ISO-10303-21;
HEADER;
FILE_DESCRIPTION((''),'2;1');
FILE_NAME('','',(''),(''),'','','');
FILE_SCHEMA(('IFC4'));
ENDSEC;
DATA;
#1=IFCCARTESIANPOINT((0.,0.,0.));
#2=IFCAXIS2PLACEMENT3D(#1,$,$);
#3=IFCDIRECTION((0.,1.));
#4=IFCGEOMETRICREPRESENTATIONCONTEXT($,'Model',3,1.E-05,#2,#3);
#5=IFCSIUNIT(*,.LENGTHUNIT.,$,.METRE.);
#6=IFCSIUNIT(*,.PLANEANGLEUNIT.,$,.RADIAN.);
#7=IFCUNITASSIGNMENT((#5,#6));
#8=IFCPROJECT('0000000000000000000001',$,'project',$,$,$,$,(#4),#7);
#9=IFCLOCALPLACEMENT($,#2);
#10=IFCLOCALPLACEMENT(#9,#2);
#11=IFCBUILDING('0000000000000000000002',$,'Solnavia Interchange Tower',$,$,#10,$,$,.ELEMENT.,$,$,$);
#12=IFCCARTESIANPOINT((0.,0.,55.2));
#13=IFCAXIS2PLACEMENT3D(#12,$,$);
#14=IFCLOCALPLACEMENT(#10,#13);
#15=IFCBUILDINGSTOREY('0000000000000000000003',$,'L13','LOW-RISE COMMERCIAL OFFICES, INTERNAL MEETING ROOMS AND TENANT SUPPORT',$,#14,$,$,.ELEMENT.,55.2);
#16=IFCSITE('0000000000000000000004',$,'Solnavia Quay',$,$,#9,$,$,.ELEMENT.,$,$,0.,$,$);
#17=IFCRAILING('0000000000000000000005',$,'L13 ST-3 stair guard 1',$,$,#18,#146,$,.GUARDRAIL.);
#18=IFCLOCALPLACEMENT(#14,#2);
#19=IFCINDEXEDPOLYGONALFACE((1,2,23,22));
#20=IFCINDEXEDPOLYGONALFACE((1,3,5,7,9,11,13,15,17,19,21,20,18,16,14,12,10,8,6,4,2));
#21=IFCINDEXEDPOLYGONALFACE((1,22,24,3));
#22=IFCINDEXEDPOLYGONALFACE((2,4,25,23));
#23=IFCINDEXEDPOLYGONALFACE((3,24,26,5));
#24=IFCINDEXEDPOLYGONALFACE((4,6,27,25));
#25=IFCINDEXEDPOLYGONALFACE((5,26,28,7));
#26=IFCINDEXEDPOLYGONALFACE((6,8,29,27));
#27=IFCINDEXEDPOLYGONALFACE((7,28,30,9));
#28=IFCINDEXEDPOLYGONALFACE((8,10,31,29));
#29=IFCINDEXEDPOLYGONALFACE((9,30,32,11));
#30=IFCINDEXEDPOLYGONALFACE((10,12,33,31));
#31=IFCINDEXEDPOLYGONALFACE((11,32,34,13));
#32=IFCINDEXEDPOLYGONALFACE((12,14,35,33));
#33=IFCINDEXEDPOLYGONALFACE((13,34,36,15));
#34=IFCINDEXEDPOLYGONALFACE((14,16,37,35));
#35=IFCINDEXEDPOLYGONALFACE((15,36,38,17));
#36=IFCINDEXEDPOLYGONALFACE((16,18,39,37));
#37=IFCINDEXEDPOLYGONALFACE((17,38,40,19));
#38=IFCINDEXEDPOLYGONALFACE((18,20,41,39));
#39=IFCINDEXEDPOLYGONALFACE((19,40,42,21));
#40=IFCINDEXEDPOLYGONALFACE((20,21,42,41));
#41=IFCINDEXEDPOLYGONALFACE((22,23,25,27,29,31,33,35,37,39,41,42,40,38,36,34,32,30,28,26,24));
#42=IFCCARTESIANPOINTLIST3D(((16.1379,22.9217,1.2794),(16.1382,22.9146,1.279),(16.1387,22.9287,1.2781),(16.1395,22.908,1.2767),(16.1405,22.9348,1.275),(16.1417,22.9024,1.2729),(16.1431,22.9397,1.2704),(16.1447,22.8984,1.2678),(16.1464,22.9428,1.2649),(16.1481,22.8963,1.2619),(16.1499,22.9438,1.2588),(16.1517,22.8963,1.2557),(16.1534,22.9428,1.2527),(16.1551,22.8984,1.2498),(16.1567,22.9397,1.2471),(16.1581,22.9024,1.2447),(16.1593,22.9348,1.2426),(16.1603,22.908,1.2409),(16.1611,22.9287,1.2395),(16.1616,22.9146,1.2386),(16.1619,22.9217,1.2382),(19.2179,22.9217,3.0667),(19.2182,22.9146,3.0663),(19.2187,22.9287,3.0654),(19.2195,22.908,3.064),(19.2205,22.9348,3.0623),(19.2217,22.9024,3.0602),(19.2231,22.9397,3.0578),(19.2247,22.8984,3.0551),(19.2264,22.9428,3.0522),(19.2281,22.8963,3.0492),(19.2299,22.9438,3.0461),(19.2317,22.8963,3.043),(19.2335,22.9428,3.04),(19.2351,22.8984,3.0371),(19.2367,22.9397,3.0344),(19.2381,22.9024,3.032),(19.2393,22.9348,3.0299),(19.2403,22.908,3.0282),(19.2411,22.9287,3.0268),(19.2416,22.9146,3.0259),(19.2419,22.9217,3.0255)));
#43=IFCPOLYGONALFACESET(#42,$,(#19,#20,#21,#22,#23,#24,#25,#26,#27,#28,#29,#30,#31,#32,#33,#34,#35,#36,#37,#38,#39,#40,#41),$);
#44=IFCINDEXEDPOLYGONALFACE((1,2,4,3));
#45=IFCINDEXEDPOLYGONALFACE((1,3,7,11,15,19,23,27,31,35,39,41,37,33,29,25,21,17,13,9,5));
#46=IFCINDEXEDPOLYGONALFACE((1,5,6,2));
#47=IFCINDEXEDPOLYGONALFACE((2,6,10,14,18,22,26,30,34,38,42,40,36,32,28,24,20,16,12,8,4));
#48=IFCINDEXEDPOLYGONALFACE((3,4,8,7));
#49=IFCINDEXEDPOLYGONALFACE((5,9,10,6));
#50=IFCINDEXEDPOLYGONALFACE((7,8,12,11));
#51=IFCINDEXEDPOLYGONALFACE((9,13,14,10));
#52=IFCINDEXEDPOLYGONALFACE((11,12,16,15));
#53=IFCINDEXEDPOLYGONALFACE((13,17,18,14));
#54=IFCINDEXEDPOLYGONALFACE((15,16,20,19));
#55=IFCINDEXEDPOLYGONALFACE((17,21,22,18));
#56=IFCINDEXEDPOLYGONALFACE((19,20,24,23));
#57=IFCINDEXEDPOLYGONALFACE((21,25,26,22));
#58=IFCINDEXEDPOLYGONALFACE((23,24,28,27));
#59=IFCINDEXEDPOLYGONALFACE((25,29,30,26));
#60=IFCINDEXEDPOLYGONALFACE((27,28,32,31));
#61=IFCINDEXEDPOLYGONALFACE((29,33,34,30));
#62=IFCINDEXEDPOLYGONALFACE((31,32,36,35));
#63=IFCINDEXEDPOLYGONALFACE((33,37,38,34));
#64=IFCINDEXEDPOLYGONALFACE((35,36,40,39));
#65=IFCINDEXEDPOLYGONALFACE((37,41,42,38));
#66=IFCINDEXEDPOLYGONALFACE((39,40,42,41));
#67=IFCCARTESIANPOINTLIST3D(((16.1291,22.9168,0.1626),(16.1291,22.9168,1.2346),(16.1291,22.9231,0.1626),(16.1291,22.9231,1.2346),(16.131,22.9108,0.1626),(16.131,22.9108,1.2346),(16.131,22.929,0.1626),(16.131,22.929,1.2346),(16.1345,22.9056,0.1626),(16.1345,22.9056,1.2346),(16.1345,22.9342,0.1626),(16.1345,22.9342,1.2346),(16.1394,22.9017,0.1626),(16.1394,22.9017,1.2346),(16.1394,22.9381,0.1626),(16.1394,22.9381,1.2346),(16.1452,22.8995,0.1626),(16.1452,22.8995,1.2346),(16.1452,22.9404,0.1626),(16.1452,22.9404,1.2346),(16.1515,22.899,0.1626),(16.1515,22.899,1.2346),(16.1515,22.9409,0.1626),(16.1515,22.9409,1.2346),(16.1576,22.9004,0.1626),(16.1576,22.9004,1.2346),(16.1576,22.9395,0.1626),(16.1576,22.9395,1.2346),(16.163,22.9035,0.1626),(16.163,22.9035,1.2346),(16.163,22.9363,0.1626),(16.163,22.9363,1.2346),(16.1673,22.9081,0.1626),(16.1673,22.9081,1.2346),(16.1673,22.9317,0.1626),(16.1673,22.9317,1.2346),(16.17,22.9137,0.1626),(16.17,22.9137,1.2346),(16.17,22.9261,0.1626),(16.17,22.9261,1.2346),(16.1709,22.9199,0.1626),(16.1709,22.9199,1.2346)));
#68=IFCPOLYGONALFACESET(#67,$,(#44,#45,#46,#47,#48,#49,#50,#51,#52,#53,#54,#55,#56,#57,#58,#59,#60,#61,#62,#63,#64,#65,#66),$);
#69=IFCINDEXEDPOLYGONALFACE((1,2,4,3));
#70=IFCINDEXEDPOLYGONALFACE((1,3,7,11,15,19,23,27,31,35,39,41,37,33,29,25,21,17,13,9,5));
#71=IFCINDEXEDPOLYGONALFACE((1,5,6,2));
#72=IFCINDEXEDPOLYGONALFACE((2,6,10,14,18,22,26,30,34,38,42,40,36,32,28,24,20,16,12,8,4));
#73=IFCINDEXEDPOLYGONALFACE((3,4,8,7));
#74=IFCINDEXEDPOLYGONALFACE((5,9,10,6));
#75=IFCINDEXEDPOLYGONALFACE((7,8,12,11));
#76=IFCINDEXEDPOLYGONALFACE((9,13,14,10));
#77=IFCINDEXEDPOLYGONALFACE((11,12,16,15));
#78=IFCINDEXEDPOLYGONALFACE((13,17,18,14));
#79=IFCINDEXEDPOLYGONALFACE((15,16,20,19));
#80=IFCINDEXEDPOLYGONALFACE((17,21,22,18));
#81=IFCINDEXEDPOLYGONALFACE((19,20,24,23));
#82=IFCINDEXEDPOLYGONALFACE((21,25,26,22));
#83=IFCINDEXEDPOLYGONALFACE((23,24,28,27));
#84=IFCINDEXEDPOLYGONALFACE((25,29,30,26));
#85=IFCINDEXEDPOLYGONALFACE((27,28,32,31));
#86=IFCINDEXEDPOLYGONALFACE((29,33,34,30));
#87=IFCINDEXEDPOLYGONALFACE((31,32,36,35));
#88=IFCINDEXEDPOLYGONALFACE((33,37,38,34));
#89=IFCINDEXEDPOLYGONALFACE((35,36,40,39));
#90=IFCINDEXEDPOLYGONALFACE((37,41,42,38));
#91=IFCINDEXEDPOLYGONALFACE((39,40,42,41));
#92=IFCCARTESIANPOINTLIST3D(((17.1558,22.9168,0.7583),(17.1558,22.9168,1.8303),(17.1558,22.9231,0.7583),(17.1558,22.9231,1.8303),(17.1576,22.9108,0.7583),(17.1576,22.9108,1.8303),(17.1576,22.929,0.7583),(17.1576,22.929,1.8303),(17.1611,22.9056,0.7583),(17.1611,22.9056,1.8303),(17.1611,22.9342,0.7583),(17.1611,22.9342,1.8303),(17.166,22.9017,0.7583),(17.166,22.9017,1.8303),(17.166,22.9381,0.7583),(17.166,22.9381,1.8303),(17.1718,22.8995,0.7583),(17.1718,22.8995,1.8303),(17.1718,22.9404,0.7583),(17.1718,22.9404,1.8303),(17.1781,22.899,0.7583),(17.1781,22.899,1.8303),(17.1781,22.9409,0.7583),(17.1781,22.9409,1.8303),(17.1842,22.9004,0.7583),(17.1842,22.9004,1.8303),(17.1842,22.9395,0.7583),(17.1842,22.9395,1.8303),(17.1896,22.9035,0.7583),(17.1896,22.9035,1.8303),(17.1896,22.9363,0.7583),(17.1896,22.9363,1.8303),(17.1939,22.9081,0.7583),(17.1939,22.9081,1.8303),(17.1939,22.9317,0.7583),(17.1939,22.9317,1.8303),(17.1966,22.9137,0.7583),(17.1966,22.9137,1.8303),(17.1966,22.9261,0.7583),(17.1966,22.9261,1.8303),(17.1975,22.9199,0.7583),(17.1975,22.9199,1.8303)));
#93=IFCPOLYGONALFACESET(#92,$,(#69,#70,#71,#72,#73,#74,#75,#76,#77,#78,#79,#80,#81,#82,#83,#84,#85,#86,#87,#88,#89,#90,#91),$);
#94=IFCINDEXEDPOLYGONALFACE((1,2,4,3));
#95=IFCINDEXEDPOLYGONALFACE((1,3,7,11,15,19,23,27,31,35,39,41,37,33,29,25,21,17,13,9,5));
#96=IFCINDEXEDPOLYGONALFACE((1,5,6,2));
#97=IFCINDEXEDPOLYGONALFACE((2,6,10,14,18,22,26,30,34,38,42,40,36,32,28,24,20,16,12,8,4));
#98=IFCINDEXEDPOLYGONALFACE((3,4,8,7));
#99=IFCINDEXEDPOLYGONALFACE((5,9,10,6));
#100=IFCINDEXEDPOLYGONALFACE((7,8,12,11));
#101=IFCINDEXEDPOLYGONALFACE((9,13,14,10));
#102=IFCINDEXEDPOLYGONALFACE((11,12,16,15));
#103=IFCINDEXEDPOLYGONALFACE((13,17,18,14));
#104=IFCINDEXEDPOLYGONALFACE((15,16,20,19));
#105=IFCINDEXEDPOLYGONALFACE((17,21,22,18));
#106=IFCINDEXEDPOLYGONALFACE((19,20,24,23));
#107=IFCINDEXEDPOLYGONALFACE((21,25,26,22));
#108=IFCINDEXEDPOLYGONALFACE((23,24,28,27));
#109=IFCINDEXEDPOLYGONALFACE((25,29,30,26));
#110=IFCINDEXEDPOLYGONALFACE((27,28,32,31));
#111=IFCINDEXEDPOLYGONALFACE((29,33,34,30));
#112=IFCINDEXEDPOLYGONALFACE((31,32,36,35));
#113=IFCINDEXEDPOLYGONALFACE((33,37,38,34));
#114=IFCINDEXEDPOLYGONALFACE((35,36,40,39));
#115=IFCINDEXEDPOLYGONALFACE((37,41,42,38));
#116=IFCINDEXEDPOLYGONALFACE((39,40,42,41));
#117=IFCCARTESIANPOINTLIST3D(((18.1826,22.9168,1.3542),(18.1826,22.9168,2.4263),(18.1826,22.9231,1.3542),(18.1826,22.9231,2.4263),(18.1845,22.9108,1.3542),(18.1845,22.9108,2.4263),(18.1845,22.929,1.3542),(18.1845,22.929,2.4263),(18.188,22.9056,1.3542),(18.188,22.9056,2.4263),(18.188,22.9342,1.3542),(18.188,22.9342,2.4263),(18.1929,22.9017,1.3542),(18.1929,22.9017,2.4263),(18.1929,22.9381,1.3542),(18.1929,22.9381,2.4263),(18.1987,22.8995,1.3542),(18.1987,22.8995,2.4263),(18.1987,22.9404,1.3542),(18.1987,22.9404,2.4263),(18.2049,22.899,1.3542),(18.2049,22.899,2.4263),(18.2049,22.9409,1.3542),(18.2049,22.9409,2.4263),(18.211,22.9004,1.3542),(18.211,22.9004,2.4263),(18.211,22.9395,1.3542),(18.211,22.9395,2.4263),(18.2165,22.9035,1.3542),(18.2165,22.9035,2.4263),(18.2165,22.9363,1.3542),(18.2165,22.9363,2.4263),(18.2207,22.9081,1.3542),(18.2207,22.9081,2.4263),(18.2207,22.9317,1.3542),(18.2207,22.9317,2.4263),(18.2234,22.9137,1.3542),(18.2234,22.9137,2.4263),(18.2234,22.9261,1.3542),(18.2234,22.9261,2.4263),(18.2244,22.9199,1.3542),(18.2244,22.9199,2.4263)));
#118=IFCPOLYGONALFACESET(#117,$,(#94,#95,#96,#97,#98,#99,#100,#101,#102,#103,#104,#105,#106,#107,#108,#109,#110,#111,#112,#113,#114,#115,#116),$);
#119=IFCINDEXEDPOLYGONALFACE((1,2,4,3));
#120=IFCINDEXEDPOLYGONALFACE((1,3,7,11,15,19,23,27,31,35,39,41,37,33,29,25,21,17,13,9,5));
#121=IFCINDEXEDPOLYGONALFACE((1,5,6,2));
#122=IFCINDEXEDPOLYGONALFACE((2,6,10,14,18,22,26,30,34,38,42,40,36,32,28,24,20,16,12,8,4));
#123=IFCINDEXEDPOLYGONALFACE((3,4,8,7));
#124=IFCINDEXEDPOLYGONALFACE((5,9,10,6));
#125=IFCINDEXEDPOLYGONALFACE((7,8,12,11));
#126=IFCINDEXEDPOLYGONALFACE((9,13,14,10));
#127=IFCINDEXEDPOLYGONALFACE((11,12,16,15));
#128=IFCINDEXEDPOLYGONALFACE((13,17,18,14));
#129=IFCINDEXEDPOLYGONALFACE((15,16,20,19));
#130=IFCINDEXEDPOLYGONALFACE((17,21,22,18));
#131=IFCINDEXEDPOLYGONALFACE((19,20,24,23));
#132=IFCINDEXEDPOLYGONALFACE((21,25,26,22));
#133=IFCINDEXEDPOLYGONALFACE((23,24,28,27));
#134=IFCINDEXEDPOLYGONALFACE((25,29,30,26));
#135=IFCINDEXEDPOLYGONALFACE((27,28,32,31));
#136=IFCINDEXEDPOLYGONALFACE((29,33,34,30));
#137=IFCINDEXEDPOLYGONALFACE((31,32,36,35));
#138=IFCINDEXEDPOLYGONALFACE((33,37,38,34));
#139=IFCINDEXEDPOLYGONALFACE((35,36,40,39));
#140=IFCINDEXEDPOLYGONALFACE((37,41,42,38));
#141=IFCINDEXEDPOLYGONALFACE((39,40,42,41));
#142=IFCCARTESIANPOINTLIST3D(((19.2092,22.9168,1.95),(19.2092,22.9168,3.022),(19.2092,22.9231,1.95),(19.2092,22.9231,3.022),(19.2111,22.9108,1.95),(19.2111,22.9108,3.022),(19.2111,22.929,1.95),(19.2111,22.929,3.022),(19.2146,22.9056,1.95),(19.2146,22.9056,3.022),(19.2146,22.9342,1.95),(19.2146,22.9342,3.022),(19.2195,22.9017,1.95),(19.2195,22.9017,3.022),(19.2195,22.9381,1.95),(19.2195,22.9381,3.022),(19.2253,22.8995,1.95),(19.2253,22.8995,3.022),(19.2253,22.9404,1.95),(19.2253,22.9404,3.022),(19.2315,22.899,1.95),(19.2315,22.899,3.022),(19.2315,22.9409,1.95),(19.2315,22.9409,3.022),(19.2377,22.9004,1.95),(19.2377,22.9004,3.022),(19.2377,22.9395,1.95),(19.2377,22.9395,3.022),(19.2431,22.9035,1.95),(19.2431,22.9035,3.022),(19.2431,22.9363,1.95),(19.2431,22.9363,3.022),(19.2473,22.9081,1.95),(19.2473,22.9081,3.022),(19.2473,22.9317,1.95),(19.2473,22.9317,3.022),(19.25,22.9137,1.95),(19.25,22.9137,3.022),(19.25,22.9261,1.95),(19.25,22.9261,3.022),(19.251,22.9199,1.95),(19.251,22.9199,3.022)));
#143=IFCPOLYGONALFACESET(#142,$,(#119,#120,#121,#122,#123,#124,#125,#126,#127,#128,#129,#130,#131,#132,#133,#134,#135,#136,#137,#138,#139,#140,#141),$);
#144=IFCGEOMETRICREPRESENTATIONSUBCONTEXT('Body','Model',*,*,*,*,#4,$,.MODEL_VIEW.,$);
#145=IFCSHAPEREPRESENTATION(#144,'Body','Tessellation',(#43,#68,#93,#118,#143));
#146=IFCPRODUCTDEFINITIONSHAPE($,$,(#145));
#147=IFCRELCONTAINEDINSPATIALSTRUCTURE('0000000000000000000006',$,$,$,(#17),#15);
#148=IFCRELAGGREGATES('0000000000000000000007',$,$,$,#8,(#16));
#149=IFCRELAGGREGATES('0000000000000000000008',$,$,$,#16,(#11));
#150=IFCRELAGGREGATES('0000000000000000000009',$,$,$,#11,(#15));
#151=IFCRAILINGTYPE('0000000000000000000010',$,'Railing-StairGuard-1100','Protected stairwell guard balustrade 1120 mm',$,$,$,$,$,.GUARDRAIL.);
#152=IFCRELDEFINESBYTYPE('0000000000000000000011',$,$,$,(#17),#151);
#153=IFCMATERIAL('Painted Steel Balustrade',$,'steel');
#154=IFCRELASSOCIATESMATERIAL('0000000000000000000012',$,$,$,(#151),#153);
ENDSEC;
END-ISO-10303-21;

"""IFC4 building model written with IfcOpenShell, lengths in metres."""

from ifc_helpers import new_model, si_unit, direction, frame, origin, origin_2d, place, context, subcontext, project, spatial, circle, extrude, material, type_object, element, save


model = new_model("IFC4")

# Units and contexts
model_context = context("Model", 3, precision=1e-05, world=origin(), true_north=direction((0.0, 1.0)))
body_context = subcontext(model_context, "Body", "Model", "MODEL_VIEW")
ifc_project = project(units=[si_unit("LENGTHUNIT", "METRE"), si_unit("PLANEANGLEUNIT", "RADIAN")], contexts=[model_context])

# Site, building, storey
site_placement = place(None, origin())
site = spatial("IfcSite", under=ifc_project, at=site_placement, Name="Solnavia Quay", CompositionType="ELEMENT", RefElevation=0.0)
building_placement = place(site_placement, origin())
building = spatial("IfcBuilding", under=site, at=building_placement, Name="Solnavia Interchange Tower", CompositionType="ELEMENT")
storey_placement = place(building_placement, frame((0.0, 0.0, 55.2)))
storey = spatial("IfcBuildingStorey", under=building, at=storey_placement, Name="L13", Description="LOW-RISE COMMERCIAL OFFICES, INTERNAL MEETING ROOMS AND TENANT SUPPORT", CompositionType="ELEMENT", Elevation=55.2)

# Railing
ifc_material_1 = material(Name="Painted Steel Balustrade", Category="steel")
railing_type_1 = type_object("IfcRailingType", Name="Railing-StairGuard-1100", Description="Protected stairwell guard balustrade 1120 mm", PredefinedType="GUARDRAIL", material=ifc_material_1)
railing_1_placement = place(storey_placement, frame((16.1499, 22.9199, 0.1626)))
element("IfcRailing", 1, at=railing_1_placement, inside=storey, type_object=railing_type_1, Name="L13 ST-3 stair guard 1", PredefinedType="GUARDRAIL", context=body_context, shape_type="SweptSolid", body=[
    extrude(circle(Radius=0.0239, at=origin_2d()), frame((0.0, 0.0, 1.0962), z_axis=(0.86492, 0.0, 0.501909), x_axis=(0.0, 1.0, 0.0)), (0.0, 0.0, 1.0), 3.561),
    extrude(circle(Radius=0.021, at=origin_2d()), origin(), (0.0, 0.0, 1.0), 1.072),
    extrude(circle(Radius=0.021, at=origin_2d()), frame((1.0266, 0.0, 0.5957)), (0.0, 0.0, 1.0), 1.072),
    extrude(circle(Radius=0.021, at=origin_2d()), frame((2.0535, 0.0, 1.1917)), (0.0, 0.0, 1.0), 1.072),
    extrude(circle(Radius=0.021, at=origin_2d()), frame((3.0801, 0.0, 1.7874)), (0.0, 0.0, 1.0), 1.072),
])

save(model, "model.ifc")
